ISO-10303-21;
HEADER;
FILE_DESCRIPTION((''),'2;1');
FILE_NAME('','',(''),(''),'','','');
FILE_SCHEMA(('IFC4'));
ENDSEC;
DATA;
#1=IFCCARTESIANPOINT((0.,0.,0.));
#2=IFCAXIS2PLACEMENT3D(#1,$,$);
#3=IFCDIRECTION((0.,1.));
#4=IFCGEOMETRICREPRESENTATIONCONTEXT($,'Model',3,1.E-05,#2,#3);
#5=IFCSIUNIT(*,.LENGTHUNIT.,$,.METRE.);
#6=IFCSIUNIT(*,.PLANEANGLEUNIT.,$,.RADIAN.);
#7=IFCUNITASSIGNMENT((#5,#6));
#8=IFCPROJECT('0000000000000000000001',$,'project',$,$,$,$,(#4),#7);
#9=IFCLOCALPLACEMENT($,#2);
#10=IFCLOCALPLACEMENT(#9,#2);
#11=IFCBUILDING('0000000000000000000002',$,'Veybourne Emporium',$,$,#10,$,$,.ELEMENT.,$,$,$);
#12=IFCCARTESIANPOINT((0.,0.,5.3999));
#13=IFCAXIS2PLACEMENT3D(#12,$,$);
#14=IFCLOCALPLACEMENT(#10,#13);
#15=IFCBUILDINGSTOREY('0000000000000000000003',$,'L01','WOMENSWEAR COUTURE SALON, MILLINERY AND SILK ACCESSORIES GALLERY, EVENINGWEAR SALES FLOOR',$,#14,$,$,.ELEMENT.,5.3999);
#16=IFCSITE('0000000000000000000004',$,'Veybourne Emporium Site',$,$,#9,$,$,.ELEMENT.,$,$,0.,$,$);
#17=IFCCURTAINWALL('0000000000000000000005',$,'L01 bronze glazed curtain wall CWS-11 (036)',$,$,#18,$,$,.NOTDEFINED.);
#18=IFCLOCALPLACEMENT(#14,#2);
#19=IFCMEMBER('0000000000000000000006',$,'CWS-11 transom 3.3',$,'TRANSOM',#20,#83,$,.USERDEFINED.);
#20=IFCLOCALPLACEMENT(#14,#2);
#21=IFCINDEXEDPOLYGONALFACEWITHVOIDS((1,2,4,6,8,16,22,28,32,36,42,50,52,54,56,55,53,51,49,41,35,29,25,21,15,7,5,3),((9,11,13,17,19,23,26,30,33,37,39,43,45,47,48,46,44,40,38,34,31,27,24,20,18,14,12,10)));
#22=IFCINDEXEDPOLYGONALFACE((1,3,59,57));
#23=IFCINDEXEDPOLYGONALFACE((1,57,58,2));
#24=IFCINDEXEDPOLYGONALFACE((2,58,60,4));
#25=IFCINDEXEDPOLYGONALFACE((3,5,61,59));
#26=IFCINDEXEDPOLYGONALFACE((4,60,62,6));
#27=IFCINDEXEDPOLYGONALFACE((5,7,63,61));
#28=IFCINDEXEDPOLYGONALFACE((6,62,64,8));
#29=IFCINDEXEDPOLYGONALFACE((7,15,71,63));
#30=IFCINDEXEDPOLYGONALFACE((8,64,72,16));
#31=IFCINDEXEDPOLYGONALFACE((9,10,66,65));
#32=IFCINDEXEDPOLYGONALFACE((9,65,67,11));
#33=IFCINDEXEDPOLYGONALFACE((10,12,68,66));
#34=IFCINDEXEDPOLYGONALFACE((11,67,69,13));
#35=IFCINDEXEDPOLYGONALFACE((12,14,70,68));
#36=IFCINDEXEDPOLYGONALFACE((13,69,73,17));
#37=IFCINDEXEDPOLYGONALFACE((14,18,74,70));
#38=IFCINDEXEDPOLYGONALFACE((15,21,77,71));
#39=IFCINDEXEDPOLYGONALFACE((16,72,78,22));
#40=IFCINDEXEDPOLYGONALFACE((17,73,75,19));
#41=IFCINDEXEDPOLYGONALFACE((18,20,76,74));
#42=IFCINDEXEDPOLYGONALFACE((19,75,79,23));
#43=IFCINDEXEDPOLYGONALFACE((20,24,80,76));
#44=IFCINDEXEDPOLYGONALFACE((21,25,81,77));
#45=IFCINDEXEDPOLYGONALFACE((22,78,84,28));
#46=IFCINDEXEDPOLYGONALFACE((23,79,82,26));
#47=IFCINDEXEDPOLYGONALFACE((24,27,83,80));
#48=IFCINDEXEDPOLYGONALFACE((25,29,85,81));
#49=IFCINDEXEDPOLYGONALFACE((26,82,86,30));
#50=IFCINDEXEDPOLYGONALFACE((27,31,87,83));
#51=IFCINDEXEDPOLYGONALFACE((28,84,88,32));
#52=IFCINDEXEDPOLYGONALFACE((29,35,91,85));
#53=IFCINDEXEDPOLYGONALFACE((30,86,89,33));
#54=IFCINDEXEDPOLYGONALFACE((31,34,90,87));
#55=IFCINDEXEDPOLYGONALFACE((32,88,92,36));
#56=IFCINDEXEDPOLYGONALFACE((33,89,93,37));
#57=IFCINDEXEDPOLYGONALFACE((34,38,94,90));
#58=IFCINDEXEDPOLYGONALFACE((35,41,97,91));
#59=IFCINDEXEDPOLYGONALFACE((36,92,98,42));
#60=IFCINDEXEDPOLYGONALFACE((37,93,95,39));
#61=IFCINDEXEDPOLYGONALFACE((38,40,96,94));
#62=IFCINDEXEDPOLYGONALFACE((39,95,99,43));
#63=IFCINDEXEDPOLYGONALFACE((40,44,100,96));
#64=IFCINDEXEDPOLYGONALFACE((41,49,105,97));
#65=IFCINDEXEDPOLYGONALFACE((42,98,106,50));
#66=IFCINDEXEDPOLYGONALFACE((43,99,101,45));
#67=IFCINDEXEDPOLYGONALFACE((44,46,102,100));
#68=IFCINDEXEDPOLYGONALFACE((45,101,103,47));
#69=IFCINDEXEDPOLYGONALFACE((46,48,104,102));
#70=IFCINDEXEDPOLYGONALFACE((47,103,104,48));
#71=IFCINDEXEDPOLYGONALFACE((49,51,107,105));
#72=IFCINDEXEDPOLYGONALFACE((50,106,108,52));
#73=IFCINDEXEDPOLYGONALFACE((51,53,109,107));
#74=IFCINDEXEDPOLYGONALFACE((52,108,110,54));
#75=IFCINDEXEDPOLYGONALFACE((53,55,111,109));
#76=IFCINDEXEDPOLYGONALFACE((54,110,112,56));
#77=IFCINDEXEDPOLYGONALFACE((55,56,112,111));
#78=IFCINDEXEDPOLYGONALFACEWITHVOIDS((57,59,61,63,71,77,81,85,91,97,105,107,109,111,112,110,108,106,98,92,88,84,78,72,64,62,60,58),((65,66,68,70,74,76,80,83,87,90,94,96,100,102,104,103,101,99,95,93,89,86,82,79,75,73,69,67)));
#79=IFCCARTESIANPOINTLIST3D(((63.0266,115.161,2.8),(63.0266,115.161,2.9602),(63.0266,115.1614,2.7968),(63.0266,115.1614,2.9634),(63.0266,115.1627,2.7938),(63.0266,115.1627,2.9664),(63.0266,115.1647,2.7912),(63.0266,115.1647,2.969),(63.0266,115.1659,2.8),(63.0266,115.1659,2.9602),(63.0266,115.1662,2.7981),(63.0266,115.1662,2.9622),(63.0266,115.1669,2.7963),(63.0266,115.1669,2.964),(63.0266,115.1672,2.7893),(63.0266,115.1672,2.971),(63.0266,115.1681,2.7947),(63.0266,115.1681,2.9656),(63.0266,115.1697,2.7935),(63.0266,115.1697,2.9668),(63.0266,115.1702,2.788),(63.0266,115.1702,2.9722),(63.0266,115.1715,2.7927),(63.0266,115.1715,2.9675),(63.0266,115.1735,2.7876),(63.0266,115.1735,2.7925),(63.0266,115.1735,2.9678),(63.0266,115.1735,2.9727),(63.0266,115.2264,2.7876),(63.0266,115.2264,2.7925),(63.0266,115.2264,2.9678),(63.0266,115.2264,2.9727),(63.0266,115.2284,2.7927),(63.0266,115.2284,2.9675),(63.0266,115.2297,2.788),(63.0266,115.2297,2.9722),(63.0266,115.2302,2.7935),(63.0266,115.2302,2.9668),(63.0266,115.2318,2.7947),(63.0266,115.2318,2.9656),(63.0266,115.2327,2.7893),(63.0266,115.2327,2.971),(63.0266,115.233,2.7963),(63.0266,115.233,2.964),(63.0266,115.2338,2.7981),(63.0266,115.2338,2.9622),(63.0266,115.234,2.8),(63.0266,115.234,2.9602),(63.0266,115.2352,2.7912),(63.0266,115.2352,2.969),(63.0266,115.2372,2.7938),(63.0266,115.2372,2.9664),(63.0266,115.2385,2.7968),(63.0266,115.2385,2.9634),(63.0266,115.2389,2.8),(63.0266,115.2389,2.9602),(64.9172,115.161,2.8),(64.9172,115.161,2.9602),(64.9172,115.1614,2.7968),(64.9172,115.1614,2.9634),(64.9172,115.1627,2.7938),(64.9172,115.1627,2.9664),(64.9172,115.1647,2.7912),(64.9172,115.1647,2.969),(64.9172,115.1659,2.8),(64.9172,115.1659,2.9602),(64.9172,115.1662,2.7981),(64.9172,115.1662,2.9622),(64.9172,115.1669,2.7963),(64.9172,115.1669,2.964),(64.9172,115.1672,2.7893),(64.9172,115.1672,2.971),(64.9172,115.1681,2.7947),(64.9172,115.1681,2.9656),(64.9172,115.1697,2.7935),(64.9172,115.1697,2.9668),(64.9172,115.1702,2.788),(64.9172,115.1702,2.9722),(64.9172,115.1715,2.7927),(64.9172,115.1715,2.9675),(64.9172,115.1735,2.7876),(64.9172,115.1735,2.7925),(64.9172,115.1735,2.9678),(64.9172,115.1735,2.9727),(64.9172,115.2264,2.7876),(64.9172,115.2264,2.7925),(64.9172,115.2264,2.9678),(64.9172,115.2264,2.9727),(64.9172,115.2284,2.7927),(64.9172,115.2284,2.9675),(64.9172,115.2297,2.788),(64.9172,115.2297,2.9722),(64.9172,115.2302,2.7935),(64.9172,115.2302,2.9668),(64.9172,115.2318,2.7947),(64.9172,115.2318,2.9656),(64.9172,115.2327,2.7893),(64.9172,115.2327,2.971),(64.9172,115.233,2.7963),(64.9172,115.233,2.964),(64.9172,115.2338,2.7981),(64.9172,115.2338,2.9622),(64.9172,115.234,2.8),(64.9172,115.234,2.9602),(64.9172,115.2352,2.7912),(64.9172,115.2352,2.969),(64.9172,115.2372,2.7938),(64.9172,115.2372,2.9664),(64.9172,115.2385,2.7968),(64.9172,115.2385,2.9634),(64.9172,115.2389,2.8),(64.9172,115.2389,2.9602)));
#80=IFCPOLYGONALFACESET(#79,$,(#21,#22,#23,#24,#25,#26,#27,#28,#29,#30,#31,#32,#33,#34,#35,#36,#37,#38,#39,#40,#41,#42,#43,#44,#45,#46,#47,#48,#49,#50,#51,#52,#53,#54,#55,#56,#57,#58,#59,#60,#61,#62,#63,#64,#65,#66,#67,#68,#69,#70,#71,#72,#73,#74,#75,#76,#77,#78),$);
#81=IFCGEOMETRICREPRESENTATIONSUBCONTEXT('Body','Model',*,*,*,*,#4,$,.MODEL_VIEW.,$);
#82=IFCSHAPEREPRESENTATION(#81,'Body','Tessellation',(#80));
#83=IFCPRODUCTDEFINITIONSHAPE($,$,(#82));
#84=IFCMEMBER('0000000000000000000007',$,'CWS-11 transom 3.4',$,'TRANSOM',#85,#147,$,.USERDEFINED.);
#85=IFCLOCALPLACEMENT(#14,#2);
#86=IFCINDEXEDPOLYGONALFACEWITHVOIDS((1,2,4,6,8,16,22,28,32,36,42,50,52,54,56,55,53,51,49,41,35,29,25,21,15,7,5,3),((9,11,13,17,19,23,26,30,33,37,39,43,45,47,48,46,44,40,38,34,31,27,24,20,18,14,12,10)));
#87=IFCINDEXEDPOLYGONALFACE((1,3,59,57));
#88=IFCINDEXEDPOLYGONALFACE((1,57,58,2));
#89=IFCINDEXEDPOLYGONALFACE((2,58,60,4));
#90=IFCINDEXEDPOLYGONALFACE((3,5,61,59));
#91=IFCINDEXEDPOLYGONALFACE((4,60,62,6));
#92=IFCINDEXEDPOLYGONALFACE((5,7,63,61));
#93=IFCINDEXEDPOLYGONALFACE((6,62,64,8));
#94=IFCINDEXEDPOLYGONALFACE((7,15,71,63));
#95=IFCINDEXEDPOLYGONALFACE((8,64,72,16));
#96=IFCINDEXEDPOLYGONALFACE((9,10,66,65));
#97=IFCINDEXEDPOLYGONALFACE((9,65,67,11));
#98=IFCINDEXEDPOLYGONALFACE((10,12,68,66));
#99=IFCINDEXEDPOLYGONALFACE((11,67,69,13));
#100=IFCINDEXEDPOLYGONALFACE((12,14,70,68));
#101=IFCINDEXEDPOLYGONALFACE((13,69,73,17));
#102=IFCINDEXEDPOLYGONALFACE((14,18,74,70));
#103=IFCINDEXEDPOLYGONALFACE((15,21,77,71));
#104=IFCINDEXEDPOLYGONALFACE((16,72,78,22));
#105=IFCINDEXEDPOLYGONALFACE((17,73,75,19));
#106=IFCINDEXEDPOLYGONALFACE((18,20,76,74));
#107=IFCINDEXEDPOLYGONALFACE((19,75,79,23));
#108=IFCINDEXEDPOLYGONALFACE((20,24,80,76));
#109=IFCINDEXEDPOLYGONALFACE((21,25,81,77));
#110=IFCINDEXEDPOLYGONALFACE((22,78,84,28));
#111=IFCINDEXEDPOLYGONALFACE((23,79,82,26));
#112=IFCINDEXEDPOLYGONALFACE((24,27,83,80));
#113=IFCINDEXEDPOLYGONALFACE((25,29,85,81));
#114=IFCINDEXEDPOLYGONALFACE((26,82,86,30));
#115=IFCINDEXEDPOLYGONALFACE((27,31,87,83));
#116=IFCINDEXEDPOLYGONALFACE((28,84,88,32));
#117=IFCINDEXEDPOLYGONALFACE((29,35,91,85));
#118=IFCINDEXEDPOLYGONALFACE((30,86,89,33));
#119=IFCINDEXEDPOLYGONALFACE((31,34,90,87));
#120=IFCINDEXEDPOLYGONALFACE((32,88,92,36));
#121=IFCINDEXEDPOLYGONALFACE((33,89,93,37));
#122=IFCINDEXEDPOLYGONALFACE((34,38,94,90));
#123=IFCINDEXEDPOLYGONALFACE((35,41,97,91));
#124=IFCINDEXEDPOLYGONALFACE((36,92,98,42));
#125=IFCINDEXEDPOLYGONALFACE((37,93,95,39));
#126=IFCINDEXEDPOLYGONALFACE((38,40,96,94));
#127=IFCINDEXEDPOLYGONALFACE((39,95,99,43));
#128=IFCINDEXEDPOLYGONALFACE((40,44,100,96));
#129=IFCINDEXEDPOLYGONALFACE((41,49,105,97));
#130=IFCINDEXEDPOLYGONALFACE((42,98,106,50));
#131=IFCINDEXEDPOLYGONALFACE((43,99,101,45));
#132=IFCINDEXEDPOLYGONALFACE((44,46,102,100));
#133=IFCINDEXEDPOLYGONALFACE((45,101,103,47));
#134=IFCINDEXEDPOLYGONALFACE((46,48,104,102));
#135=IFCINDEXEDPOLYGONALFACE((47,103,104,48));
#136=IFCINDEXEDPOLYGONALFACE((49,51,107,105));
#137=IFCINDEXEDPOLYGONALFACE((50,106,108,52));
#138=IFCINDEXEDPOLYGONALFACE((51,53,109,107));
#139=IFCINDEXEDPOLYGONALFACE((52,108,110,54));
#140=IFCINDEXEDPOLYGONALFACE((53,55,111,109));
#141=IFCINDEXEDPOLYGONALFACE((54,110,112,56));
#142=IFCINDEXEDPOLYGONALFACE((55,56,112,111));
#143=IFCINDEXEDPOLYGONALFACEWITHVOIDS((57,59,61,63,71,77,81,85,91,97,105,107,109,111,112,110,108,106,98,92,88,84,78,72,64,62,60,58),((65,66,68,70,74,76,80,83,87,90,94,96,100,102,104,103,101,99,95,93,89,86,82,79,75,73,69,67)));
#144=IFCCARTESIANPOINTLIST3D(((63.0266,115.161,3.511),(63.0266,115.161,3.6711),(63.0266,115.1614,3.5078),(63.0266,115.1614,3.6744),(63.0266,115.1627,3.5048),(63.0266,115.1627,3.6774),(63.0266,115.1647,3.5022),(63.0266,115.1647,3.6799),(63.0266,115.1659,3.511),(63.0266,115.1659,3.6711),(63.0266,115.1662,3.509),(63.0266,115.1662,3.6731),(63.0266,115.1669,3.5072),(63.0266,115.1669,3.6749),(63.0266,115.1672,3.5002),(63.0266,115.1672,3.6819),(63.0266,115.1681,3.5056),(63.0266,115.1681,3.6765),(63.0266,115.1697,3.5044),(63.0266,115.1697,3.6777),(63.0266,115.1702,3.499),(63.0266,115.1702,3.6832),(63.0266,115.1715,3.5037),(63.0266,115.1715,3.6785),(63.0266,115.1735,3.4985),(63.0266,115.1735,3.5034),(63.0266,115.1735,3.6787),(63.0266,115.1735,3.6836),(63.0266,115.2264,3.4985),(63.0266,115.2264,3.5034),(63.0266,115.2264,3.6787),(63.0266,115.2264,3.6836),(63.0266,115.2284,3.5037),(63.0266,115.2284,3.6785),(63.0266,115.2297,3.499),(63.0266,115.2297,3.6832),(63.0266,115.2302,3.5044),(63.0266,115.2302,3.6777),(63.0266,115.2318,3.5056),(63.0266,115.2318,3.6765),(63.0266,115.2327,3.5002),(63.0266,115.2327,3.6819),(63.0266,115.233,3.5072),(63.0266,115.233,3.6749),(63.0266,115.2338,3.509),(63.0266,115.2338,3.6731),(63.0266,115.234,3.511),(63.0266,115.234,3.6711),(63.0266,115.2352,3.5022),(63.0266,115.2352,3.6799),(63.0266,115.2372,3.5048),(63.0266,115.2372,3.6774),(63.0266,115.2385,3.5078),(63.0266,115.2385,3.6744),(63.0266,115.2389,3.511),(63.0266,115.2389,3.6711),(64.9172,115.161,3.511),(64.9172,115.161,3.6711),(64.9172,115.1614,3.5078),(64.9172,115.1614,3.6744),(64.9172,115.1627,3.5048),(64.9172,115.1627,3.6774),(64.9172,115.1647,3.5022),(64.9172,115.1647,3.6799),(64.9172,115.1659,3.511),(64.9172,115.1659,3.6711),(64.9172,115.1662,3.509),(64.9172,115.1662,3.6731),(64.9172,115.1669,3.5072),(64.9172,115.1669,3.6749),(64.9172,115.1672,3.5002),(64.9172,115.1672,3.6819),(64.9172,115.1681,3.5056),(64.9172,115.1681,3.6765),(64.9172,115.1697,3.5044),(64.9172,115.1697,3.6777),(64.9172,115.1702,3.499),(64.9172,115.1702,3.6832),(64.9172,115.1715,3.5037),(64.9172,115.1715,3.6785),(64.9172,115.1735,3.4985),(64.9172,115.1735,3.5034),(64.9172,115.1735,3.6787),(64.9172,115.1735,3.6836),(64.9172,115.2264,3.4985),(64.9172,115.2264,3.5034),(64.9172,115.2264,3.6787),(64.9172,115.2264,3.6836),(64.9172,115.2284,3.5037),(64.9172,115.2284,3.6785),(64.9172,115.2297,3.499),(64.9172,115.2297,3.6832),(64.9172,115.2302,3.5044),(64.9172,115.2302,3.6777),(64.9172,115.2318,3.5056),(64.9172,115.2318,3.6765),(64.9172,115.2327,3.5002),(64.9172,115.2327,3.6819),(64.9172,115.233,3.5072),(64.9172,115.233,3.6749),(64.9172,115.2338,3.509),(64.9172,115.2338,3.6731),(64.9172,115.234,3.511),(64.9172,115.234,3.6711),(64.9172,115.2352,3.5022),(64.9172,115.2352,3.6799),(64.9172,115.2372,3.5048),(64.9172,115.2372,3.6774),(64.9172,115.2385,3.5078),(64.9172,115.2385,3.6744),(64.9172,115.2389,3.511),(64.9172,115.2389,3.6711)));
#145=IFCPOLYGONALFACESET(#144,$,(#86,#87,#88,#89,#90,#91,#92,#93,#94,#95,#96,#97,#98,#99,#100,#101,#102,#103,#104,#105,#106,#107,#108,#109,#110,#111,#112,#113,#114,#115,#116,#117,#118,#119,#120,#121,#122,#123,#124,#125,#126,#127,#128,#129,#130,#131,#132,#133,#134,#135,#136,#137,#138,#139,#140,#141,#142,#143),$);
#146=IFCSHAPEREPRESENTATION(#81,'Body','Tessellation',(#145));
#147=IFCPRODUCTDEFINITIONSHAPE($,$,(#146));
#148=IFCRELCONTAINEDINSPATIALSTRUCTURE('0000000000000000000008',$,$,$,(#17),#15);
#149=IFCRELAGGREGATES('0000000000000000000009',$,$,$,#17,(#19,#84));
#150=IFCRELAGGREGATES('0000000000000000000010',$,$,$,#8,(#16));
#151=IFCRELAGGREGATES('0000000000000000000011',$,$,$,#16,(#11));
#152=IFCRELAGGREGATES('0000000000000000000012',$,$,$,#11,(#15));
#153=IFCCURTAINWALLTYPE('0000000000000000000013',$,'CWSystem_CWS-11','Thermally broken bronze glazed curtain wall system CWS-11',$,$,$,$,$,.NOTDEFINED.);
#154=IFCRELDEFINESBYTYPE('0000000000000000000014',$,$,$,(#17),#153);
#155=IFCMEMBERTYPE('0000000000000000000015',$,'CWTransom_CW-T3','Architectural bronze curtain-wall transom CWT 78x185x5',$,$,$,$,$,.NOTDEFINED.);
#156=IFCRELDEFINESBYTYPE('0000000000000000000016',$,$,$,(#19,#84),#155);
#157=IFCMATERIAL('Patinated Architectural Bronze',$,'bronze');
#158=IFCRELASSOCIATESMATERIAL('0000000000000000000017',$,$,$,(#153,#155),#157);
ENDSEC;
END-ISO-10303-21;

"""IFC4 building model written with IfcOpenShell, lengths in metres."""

from ifc_helpers import new_model, si_unit, direction, frame, origin, origin_2d, place, context, subcontext, project, spatial, hollow_rectangle, extrude, material, material_profile, profile_set, type_object, element, aggregate, save


model = new_model("IFC4")

# Units and contexts
model_context = context("Model", 3, precision=1e-05, world=origin(), true_north=direction((0.0, 1.0)))
body_context = subcontext(model_context, "Body", "Model", "MODEL_VIEW")
ifc_project = project(units=[si_unit("LENGTHUNIT", "METRE"), si_unit("PLANEANGLEUNIT", "RADIAN")], contexts=[model_context])

# Site, building, storey
site_placement = place(None, origin())
site = spatial("IfcSite", under=ifc_project, at=site_placement, Name="Veybourne Emporium Site", CompositionType="ELEMENT", RefElevation=0.0)
building_placement = place(site_placement, origin())
building = spatial("IfcBuilding", under=site, at=building_placement, Name="Veybourne Emporium", CompositionType="ELEMENT")
storey_placement = place(building_placement, frame((0.0, 0.0, 5.3999)))
storey = spatial("IfcBuildingStorey", under=building, at=storey_placement, Name="L01", Description="WOMENSWEAR COUTURE SALON, MILLINERY AND SILK ACCESSORIES GALLERY, EVENINGWEAR SALES FLOOR", CompositionType="ELEMENT", Elevation=5.3999)

# Curtain wall, members
ifc_material_1 = material(Name="Patinated Architectural Bronze", Category="bronze")
curtain_wall_type = type_object("IfcCurtainWallType", Name="CWSystem_CWS-11", Description="Thermally broken bronze glazed curtain wall system CWS-11", PredefinedType="NOTDEFINED", material=ifc_material_1)
curtain_wall_placement = place(storey_placement, origin())
curtain_wall = element("IfcCurtainWall", 1, at=curtain_wall_placement, inside=storey, type_object=curtain_wall_type, Name="L01 bronze glazed curtain wall CWS-11 (036)", PredefinedType="NOTDEFINED")
ifc_material_profile_1 = material_profile(ifc_material_1, hollow_rectangle(XDim=0.0779, YDim=0.1851, WallThickness=0.0049, InnerFilletRadius=0.0076, OuterFilletRadius=0.0125, at=origin_2d()), Name="CWT 78x185x5")
ifc_profile_set_1 = profile_set([ifc_material_profile_1], Name="Patinated Architectural Bronze")
member_type_1 = type_object("IfcMemberType", Name="CWTransom_CW-T3", Description="Architectural bronze curtain-wall transom CWT 78x185x5", PredefinedType="NOTDEFINED", material=ifc_profile_set_1)
member_1_placement = place(storey_placement, frame((63.0266, 115.2, 2.8801), z_axis=(1.0, 0.0, 0.0), x_axis=(0.0, 1.0, 0.0)))
member_1 = element("IfcMember", 2, at=member_1_placement, type_object=member_type_1, Name="CWS-11 transom 3.3", ObjectType="TRANSOM", PredefinedType="USERDEFINED", context=body_context, shape_type="SweptSolid", body=[
    extrude(hollow_rectangle(XDim=0.0779, YDim=0.1851, WallThickness=0.0049, InnerFilletRadius=0.0076, OuterFilletRadius=0.0125, at=origin_2d()), origin(), (0.0, 0.0, 1.0), 1.8906),
])
member_2_placement = place(storey_placement, frame((63.0266, 115.2, 3.5911), z_axis=(1.0, 0.0, 0.0), x_axis=(0.0, 1.0, 0.0)))
member_2 = element("IfcMember", 3, at=member_2_placement, type_object=member_type_1, Name="CWS-11 transom 3.4", ObjectType="TRANSOM", PredefinedType="USERDEFINED", context=body_context, shape_type="SweptSolid", body=[
    extrude(hollow_rectangle(XDim=0.0779, YDim=0.1851, WallThickness=0.0049, InnerFilletRadius=0.0076, OuterFilletRadius=0.0125, at=origin_2d()), origin(), (0.0, 0.0, 1.0), 1.8906),
])

aggregate(curtain_wall, [member_1, member_2])

save(model, "model.ifc")
